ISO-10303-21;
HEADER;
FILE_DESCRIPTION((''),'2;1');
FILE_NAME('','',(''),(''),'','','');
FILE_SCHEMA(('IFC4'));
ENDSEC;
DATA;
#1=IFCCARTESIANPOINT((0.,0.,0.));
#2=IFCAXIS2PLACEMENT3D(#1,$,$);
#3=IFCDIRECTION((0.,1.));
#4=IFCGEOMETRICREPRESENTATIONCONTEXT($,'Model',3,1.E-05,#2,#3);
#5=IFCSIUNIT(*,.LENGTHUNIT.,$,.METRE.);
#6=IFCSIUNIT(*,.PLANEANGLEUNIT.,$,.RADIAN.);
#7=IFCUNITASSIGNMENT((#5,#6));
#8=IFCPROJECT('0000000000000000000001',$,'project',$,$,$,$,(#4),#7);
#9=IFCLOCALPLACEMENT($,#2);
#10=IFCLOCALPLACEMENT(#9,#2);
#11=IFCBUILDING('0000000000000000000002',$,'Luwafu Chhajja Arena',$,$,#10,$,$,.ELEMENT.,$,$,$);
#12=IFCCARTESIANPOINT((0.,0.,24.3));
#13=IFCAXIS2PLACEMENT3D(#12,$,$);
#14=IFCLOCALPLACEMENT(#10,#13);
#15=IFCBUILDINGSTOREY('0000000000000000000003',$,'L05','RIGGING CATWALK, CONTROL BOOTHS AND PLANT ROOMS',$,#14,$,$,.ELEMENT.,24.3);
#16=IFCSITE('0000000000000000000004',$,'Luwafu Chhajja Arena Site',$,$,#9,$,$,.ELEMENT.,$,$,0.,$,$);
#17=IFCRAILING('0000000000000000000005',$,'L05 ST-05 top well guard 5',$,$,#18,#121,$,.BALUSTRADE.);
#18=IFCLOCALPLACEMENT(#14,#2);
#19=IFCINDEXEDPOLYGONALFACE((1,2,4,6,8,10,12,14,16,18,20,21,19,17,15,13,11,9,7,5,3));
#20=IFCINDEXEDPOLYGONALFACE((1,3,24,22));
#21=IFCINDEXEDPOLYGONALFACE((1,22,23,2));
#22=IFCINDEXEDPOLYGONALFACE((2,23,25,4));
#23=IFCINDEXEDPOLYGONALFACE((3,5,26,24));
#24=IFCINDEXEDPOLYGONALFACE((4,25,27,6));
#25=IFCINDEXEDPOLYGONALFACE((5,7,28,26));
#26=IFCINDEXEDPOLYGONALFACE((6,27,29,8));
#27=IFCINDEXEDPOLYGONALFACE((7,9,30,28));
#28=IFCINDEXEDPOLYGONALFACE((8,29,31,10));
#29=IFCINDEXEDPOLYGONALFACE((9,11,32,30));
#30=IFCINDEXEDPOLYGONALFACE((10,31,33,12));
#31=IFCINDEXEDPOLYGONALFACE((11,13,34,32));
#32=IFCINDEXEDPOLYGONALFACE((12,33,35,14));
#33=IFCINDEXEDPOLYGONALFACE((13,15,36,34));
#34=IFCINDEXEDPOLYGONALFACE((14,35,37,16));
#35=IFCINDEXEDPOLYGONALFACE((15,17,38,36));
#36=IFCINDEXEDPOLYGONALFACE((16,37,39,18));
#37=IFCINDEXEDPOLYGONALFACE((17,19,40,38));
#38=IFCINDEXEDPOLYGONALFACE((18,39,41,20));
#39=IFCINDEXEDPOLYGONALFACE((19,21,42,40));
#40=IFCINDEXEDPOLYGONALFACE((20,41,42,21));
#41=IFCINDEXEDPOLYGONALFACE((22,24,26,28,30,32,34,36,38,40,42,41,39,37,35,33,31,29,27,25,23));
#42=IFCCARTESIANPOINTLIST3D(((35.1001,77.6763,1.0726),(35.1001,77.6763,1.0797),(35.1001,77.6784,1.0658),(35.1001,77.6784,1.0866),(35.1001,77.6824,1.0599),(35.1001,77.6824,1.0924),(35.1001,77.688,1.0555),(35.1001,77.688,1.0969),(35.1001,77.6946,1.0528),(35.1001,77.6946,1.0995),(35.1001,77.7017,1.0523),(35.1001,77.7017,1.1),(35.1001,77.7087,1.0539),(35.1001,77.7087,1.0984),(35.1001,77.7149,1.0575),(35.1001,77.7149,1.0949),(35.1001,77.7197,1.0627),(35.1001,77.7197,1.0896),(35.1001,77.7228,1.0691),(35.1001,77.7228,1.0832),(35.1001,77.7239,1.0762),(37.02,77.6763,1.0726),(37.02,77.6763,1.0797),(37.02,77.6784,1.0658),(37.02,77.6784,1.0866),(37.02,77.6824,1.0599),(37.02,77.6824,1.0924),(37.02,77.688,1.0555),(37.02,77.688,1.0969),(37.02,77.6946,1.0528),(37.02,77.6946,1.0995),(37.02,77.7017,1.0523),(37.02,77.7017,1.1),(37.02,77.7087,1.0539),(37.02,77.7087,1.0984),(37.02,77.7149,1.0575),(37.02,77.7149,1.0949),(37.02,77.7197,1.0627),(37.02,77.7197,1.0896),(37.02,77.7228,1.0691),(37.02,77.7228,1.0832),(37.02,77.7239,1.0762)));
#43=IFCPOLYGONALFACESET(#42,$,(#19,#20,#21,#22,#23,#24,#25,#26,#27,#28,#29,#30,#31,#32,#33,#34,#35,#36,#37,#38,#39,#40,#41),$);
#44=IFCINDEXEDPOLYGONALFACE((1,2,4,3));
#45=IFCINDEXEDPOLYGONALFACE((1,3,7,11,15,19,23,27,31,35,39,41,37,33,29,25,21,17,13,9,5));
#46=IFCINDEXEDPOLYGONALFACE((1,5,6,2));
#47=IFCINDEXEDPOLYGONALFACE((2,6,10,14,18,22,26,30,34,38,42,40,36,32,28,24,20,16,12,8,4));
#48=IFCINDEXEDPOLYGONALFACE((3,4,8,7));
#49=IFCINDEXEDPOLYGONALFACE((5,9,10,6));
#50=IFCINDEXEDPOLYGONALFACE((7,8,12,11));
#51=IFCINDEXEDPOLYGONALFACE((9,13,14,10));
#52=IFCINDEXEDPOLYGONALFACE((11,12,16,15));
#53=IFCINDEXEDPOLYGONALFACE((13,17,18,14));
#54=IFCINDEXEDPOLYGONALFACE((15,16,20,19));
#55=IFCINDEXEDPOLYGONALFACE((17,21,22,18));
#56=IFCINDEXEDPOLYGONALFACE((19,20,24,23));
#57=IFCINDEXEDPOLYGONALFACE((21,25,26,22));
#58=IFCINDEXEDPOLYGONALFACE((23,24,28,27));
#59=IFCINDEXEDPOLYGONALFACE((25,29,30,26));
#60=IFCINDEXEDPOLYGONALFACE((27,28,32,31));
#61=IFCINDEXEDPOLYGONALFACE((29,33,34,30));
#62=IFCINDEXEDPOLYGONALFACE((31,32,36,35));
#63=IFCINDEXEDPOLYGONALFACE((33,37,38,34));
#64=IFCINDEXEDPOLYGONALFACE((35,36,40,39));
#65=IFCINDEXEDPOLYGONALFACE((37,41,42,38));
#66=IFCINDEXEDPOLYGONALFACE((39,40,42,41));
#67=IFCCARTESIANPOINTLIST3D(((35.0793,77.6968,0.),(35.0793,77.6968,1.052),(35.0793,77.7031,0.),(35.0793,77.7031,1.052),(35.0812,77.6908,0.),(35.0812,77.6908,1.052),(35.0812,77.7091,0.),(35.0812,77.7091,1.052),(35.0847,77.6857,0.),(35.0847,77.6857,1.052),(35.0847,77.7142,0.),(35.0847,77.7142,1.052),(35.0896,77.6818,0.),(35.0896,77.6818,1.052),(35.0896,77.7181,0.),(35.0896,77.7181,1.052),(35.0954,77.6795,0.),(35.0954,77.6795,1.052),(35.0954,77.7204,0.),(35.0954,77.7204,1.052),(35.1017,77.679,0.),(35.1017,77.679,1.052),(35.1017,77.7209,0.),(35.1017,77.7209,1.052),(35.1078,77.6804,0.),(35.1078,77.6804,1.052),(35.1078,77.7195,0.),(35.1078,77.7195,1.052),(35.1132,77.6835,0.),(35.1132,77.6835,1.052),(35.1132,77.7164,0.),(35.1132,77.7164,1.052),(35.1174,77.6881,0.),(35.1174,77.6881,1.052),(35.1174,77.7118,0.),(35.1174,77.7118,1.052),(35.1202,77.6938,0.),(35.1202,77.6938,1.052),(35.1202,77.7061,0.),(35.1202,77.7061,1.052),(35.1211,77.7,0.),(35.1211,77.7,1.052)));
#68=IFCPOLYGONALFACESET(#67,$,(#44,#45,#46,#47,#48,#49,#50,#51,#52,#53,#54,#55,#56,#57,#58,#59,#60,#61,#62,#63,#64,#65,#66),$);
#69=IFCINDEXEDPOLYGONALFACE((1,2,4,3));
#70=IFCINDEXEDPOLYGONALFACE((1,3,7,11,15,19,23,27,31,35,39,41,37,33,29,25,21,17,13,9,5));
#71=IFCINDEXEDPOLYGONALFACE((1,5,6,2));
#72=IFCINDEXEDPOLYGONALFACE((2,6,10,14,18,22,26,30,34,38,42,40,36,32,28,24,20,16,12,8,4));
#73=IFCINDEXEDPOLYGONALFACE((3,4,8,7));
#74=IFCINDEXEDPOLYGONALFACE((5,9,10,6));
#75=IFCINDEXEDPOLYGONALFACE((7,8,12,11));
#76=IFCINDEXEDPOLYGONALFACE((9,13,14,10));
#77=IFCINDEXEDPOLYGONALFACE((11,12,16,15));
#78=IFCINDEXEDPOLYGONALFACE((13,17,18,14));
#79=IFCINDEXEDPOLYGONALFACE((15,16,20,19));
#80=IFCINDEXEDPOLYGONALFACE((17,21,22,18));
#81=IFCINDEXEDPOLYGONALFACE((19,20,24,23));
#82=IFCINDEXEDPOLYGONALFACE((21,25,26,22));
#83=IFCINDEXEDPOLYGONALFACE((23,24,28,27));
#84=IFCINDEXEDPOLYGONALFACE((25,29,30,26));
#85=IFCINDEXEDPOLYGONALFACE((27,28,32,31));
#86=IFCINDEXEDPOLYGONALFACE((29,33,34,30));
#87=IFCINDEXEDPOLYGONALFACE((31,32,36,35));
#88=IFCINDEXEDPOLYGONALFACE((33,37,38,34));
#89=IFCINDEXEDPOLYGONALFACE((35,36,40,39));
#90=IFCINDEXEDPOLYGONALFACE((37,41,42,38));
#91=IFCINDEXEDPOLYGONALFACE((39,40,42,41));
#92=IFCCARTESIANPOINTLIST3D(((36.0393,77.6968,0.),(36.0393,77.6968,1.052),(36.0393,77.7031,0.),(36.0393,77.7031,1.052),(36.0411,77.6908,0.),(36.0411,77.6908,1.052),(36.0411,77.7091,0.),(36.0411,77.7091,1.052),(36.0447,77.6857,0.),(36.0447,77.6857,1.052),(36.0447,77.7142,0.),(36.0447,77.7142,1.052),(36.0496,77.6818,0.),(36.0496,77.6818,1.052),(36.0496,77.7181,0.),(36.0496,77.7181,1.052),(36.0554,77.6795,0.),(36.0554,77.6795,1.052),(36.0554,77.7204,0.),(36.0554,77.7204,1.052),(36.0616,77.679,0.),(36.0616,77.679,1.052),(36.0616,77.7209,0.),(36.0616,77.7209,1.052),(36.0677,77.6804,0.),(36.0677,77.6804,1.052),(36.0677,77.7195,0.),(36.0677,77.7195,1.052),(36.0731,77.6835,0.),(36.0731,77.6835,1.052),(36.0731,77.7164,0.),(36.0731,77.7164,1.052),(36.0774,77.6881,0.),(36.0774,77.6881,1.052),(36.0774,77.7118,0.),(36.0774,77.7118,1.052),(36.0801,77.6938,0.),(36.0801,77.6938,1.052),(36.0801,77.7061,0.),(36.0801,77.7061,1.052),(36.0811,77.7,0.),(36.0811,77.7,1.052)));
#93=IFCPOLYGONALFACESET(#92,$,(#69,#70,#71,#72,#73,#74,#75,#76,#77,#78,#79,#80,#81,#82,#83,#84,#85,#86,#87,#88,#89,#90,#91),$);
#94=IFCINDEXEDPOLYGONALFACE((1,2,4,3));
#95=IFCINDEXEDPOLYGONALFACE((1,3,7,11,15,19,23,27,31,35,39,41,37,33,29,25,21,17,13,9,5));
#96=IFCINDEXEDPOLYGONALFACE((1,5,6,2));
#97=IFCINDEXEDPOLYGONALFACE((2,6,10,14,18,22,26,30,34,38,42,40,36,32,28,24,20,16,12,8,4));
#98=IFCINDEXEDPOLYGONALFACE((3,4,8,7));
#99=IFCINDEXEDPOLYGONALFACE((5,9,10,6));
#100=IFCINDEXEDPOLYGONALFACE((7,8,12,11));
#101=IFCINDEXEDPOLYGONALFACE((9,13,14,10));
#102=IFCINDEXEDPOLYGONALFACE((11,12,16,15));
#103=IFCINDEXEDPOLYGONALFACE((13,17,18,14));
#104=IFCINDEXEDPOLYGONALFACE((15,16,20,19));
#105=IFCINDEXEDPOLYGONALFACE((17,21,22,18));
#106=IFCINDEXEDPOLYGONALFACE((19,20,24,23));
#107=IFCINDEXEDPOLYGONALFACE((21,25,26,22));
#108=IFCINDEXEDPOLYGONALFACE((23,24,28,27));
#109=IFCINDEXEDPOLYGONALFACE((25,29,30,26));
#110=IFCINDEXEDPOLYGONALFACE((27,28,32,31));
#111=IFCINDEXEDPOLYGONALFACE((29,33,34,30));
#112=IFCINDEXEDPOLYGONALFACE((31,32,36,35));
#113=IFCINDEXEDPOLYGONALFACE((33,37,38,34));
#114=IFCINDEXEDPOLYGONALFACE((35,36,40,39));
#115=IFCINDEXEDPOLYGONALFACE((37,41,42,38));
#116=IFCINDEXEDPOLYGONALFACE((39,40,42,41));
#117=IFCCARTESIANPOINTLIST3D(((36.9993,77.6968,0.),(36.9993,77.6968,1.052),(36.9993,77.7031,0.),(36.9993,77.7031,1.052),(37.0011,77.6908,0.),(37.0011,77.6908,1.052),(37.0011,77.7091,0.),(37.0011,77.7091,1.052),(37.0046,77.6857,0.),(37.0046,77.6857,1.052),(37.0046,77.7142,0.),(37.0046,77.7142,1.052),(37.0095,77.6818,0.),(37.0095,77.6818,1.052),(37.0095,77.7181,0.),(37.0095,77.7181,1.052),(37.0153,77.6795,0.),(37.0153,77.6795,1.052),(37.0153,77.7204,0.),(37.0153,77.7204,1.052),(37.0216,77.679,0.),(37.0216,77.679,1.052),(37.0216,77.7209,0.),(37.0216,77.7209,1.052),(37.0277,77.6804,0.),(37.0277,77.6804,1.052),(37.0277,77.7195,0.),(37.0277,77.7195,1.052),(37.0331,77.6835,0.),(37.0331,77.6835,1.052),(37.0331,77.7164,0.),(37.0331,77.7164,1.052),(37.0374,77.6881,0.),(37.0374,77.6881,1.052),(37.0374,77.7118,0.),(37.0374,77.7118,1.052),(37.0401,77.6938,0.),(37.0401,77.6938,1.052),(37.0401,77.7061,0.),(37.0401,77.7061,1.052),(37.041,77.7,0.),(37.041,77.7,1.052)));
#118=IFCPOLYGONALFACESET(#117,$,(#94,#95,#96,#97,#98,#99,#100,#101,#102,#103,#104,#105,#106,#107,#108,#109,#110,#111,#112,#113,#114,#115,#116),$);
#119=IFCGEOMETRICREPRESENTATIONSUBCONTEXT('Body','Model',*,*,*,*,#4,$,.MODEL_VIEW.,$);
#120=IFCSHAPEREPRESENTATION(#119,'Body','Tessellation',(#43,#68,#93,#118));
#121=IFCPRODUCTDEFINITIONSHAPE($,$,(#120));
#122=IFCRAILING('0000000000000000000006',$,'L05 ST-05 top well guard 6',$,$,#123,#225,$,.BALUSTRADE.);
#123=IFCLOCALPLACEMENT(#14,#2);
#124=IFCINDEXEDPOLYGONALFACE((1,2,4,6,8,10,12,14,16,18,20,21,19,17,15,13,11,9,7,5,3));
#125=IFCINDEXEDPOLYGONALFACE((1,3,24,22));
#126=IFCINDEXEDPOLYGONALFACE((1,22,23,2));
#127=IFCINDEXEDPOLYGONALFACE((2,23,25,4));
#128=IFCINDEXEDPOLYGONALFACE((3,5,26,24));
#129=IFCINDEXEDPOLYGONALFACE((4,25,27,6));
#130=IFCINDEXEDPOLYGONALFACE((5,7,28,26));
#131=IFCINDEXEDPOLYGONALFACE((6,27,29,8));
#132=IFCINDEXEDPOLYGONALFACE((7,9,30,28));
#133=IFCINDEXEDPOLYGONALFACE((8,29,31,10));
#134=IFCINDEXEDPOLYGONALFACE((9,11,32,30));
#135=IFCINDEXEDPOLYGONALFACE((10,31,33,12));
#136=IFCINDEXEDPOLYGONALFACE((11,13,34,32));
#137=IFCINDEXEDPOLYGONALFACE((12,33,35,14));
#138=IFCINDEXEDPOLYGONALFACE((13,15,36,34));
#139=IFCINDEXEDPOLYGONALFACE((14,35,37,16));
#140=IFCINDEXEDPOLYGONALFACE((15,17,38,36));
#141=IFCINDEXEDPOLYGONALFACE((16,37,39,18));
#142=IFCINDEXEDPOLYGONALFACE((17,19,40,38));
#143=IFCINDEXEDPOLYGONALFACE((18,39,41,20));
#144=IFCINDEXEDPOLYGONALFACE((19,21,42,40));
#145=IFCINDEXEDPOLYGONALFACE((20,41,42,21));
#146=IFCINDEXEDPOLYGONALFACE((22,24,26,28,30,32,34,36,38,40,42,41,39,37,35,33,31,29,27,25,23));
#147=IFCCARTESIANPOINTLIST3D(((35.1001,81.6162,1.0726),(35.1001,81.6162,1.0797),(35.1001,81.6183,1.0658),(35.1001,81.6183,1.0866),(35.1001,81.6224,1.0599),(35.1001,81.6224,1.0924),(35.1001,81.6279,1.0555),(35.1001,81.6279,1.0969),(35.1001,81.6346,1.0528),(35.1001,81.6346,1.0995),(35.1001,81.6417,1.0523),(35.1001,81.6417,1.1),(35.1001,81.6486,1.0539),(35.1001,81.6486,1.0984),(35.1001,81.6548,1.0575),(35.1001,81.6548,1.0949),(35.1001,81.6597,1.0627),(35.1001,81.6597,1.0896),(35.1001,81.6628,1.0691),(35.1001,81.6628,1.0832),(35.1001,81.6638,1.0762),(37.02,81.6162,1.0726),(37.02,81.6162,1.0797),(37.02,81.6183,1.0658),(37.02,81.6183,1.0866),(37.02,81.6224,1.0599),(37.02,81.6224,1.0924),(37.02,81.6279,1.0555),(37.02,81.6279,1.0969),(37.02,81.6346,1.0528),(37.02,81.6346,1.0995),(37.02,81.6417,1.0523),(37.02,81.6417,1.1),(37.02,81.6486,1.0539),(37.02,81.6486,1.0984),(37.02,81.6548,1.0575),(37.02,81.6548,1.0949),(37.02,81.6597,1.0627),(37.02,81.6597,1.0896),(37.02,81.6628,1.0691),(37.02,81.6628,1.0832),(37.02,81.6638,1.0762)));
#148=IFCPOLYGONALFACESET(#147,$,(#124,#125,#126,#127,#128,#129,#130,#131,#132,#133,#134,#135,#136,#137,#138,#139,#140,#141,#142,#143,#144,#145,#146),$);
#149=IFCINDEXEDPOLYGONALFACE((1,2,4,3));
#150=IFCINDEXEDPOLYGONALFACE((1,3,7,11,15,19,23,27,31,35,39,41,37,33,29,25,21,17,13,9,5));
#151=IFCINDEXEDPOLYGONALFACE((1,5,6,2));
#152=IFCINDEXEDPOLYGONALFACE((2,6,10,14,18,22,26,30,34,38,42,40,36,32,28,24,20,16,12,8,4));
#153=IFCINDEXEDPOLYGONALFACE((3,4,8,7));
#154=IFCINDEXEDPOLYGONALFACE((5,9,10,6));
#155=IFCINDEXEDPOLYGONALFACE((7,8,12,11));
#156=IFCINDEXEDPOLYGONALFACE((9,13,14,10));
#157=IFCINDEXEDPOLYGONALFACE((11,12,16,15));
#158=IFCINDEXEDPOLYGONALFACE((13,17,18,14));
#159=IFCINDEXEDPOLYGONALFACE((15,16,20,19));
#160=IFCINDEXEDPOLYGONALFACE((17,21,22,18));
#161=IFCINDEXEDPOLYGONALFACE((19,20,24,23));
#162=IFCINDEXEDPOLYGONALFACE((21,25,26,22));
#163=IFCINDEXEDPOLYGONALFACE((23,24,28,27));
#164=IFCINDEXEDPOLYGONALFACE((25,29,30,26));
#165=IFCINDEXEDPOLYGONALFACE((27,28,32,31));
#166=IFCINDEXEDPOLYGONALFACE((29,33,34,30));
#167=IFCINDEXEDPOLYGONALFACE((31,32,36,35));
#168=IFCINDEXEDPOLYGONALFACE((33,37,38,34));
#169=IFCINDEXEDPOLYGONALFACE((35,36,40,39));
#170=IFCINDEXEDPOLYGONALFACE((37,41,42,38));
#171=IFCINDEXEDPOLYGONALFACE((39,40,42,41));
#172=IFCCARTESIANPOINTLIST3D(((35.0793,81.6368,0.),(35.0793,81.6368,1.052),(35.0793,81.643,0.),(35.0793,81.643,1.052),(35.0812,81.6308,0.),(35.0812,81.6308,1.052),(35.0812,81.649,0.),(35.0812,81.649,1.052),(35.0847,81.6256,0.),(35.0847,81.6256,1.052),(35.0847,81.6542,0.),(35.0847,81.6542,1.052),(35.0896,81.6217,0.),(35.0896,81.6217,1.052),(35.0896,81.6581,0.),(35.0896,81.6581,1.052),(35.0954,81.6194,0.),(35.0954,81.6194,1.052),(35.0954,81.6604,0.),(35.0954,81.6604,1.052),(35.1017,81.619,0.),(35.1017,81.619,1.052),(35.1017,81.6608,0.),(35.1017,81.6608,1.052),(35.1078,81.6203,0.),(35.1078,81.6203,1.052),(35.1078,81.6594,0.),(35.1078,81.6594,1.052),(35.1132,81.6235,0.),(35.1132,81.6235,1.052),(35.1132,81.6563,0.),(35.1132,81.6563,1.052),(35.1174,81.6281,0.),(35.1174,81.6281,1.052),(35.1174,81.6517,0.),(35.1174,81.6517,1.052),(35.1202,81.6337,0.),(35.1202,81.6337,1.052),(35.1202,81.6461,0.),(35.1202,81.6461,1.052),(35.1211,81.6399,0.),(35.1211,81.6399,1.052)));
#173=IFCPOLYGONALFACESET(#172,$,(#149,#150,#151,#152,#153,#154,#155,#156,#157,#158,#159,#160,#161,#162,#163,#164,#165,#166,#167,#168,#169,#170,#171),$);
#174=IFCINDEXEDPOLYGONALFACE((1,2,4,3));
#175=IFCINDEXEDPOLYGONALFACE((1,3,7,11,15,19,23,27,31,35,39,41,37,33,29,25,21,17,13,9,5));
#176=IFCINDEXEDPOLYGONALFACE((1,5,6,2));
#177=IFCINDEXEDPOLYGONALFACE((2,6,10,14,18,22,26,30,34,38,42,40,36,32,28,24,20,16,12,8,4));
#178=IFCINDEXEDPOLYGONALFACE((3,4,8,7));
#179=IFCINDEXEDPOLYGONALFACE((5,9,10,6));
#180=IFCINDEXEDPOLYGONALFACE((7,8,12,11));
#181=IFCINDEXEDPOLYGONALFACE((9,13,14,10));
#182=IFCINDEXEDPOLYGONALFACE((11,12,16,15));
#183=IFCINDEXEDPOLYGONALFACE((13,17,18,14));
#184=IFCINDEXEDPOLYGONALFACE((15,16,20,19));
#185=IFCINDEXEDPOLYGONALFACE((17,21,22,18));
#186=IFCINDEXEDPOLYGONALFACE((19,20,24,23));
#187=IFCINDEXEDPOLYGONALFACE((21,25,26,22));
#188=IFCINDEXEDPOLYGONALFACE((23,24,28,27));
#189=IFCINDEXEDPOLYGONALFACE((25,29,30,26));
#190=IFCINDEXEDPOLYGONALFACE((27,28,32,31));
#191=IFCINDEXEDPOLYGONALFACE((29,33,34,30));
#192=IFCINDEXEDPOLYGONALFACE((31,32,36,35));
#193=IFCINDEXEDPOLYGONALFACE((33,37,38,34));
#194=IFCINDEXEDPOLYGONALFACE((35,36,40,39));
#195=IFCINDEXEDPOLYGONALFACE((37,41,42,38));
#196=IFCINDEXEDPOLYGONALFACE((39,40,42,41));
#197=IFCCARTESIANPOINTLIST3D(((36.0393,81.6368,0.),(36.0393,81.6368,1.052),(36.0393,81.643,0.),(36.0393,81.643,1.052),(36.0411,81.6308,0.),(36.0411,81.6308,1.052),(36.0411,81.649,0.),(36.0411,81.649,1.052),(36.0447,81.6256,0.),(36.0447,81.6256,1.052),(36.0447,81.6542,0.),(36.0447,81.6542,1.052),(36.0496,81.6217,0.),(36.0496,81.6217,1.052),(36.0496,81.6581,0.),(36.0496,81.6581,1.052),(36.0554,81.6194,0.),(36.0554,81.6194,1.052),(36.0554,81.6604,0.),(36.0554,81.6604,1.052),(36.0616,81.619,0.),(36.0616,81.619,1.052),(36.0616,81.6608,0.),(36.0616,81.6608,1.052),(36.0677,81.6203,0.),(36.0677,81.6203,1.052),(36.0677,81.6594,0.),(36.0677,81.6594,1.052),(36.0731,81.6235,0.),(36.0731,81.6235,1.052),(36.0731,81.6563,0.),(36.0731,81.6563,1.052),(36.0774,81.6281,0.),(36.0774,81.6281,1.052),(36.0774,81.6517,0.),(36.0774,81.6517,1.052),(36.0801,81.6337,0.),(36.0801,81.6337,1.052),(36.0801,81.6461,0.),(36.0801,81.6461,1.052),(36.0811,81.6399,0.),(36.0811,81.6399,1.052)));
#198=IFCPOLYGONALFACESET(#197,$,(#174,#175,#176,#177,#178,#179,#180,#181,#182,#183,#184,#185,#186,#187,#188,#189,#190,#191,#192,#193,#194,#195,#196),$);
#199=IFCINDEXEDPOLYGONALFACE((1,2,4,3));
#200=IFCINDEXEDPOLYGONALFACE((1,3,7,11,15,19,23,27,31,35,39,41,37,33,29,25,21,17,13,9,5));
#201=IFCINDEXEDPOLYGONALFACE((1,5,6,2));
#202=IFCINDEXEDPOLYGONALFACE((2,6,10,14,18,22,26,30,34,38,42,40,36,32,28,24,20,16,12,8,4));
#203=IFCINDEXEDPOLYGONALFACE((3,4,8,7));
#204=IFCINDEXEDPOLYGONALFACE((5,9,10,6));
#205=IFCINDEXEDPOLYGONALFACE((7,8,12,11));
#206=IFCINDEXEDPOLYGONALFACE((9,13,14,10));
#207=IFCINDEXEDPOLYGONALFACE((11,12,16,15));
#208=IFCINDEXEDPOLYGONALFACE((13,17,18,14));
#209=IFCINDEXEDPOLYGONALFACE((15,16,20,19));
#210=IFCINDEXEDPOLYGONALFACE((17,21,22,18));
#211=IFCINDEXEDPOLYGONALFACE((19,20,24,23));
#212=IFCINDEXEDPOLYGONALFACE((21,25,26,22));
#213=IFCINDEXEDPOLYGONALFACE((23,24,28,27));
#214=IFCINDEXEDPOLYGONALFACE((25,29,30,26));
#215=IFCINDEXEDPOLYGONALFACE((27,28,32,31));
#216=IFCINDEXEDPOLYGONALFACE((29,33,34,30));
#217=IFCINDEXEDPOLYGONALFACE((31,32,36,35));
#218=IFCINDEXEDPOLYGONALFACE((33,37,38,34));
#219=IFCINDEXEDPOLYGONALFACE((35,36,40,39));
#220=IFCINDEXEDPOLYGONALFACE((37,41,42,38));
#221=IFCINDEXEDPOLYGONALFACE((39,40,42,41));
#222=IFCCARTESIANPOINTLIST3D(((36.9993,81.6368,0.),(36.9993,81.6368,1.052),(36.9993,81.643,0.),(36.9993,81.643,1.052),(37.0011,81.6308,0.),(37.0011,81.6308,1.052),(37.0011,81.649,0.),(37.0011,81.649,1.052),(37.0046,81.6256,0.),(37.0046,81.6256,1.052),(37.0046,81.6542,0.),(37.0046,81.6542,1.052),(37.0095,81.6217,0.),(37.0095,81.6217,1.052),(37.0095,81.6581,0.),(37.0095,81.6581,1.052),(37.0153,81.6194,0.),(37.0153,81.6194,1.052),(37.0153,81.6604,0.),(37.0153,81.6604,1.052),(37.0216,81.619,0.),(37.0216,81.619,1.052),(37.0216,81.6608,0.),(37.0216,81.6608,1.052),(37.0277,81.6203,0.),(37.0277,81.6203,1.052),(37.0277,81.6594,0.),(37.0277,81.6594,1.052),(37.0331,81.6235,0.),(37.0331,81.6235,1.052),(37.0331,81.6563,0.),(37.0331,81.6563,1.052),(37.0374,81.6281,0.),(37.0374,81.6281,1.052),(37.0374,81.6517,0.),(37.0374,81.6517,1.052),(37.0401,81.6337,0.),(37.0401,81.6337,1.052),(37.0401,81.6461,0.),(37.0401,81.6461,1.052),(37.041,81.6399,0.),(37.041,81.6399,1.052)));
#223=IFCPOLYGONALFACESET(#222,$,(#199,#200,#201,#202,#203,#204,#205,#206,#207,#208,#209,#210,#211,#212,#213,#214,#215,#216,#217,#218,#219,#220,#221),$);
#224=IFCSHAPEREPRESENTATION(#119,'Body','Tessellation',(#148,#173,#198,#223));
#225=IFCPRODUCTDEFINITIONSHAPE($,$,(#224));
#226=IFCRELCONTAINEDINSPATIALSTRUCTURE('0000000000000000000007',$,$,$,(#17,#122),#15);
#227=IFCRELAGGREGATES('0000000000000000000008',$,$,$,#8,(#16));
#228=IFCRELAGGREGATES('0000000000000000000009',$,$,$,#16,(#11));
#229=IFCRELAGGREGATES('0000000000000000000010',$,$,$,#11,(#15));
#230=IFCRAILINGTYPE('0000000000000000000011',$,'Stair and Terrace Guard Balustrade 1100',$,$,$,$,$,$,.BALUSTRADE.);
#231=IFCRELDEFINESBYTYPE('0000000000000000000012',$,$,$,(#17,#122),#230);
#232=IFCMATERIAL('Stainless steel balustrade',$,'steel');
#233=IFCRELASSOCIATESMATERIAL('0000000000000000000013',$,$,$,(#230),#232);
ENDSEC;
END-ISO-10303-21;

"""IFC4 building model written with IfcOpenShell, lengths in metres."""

from ifc_helpers import new_model, si_unit, direction, frame, origin, origin_2d, place, context, subcontext, project, spatial, circle, extrude, material, type_object, element, save


model = new_model("IFC4")

# Units and contexts
model_context = context("Model", 3, precision=1e-05, world=origin(), true_north=direction((0.0, 1.0)))
body_context = subcontext(model_context, "Body", "Model", "MODEL_VIEW")
ifc_project = project(units=[si_unit("LENGTHUNIT", "METRE"), si_unit("PLANEANGLEUNIT", "RADIAN")], contexts=[model_context])

# Site, building, storey
site_placement = place(None, origin())
site = spatial("IfcSite", under=ifc_project, at=site_placement, Name="Luwafu Chhajja Arena Site", CompositionType="ELEMENT", RefElevation=0.0)
building_placement = place(site_placement, origin())
building = spatial("IfcBuilding", under=site, at=building_placement, Name="Luwafu Chhajja Arena", CompositionType="ELEMENT")
storey_placement = place(building_placement, frame((0.0, 0.0, 24.3)))
storey = spatial("IfcBuildingStorey", under=building, at=storey_placement, Name="L05", Description="RIGGING CATWALK, CONTROL BOOTHS AND PLANT ROOMS", CompositionType="ELEMENT", Elevation=24.3)

# Railings
ifc_material_1 = material(Name="Stainless steel balustrade", Category="steel")
railing_type = type_object("IfcRailingType", Name="Stair and Terrace Guard Balustrade 1100", PredefinedType="BALUSTRADE", material=ifc_material_1)
for number, where, name in (
    (1, (35.1001, 77.7, 0.0), "L05 ST-05 top well guard 5"),
    (2, (35.1001, 81.6399, 0.0), "L05 ST-05 top well guard 6"),
):
    element("IfcRailing", number, at=place(storey_placement, frame(where)), inside=storey, type_object=railing_type, Name=name, PredefinedType="BALUSTRADE", context=body_context, shape_type="SweptSolid", body=[
        extrude(circle(Radius=0.0239, at=origin_2d()), frame((0.0, 0.0, 1.0762), z_axis=(1.0, 0.0, 0.0), x_axis=(0.0, 1.0, 0.0)), (0.0, 0.0, 1.0), 1.9199),
        extrude(circle(Radius=0.021, at=origin_2d()), origin(), (0.0, 0.0, 1.0), 1.052),
        extrude(circle(Radius=0.021, at=origin_2d()), frame((0.96, 0.0, 0.0)), (0.0, 0.0, 1.0), 1.052),
        extrude(circle(Radius=0.021, at=origin_2d()), frame((1.9199, 0.0, 0.0)), (0.0, 0.0, 1.0), 1.052),
    ])

save(model, "model.ifc")
